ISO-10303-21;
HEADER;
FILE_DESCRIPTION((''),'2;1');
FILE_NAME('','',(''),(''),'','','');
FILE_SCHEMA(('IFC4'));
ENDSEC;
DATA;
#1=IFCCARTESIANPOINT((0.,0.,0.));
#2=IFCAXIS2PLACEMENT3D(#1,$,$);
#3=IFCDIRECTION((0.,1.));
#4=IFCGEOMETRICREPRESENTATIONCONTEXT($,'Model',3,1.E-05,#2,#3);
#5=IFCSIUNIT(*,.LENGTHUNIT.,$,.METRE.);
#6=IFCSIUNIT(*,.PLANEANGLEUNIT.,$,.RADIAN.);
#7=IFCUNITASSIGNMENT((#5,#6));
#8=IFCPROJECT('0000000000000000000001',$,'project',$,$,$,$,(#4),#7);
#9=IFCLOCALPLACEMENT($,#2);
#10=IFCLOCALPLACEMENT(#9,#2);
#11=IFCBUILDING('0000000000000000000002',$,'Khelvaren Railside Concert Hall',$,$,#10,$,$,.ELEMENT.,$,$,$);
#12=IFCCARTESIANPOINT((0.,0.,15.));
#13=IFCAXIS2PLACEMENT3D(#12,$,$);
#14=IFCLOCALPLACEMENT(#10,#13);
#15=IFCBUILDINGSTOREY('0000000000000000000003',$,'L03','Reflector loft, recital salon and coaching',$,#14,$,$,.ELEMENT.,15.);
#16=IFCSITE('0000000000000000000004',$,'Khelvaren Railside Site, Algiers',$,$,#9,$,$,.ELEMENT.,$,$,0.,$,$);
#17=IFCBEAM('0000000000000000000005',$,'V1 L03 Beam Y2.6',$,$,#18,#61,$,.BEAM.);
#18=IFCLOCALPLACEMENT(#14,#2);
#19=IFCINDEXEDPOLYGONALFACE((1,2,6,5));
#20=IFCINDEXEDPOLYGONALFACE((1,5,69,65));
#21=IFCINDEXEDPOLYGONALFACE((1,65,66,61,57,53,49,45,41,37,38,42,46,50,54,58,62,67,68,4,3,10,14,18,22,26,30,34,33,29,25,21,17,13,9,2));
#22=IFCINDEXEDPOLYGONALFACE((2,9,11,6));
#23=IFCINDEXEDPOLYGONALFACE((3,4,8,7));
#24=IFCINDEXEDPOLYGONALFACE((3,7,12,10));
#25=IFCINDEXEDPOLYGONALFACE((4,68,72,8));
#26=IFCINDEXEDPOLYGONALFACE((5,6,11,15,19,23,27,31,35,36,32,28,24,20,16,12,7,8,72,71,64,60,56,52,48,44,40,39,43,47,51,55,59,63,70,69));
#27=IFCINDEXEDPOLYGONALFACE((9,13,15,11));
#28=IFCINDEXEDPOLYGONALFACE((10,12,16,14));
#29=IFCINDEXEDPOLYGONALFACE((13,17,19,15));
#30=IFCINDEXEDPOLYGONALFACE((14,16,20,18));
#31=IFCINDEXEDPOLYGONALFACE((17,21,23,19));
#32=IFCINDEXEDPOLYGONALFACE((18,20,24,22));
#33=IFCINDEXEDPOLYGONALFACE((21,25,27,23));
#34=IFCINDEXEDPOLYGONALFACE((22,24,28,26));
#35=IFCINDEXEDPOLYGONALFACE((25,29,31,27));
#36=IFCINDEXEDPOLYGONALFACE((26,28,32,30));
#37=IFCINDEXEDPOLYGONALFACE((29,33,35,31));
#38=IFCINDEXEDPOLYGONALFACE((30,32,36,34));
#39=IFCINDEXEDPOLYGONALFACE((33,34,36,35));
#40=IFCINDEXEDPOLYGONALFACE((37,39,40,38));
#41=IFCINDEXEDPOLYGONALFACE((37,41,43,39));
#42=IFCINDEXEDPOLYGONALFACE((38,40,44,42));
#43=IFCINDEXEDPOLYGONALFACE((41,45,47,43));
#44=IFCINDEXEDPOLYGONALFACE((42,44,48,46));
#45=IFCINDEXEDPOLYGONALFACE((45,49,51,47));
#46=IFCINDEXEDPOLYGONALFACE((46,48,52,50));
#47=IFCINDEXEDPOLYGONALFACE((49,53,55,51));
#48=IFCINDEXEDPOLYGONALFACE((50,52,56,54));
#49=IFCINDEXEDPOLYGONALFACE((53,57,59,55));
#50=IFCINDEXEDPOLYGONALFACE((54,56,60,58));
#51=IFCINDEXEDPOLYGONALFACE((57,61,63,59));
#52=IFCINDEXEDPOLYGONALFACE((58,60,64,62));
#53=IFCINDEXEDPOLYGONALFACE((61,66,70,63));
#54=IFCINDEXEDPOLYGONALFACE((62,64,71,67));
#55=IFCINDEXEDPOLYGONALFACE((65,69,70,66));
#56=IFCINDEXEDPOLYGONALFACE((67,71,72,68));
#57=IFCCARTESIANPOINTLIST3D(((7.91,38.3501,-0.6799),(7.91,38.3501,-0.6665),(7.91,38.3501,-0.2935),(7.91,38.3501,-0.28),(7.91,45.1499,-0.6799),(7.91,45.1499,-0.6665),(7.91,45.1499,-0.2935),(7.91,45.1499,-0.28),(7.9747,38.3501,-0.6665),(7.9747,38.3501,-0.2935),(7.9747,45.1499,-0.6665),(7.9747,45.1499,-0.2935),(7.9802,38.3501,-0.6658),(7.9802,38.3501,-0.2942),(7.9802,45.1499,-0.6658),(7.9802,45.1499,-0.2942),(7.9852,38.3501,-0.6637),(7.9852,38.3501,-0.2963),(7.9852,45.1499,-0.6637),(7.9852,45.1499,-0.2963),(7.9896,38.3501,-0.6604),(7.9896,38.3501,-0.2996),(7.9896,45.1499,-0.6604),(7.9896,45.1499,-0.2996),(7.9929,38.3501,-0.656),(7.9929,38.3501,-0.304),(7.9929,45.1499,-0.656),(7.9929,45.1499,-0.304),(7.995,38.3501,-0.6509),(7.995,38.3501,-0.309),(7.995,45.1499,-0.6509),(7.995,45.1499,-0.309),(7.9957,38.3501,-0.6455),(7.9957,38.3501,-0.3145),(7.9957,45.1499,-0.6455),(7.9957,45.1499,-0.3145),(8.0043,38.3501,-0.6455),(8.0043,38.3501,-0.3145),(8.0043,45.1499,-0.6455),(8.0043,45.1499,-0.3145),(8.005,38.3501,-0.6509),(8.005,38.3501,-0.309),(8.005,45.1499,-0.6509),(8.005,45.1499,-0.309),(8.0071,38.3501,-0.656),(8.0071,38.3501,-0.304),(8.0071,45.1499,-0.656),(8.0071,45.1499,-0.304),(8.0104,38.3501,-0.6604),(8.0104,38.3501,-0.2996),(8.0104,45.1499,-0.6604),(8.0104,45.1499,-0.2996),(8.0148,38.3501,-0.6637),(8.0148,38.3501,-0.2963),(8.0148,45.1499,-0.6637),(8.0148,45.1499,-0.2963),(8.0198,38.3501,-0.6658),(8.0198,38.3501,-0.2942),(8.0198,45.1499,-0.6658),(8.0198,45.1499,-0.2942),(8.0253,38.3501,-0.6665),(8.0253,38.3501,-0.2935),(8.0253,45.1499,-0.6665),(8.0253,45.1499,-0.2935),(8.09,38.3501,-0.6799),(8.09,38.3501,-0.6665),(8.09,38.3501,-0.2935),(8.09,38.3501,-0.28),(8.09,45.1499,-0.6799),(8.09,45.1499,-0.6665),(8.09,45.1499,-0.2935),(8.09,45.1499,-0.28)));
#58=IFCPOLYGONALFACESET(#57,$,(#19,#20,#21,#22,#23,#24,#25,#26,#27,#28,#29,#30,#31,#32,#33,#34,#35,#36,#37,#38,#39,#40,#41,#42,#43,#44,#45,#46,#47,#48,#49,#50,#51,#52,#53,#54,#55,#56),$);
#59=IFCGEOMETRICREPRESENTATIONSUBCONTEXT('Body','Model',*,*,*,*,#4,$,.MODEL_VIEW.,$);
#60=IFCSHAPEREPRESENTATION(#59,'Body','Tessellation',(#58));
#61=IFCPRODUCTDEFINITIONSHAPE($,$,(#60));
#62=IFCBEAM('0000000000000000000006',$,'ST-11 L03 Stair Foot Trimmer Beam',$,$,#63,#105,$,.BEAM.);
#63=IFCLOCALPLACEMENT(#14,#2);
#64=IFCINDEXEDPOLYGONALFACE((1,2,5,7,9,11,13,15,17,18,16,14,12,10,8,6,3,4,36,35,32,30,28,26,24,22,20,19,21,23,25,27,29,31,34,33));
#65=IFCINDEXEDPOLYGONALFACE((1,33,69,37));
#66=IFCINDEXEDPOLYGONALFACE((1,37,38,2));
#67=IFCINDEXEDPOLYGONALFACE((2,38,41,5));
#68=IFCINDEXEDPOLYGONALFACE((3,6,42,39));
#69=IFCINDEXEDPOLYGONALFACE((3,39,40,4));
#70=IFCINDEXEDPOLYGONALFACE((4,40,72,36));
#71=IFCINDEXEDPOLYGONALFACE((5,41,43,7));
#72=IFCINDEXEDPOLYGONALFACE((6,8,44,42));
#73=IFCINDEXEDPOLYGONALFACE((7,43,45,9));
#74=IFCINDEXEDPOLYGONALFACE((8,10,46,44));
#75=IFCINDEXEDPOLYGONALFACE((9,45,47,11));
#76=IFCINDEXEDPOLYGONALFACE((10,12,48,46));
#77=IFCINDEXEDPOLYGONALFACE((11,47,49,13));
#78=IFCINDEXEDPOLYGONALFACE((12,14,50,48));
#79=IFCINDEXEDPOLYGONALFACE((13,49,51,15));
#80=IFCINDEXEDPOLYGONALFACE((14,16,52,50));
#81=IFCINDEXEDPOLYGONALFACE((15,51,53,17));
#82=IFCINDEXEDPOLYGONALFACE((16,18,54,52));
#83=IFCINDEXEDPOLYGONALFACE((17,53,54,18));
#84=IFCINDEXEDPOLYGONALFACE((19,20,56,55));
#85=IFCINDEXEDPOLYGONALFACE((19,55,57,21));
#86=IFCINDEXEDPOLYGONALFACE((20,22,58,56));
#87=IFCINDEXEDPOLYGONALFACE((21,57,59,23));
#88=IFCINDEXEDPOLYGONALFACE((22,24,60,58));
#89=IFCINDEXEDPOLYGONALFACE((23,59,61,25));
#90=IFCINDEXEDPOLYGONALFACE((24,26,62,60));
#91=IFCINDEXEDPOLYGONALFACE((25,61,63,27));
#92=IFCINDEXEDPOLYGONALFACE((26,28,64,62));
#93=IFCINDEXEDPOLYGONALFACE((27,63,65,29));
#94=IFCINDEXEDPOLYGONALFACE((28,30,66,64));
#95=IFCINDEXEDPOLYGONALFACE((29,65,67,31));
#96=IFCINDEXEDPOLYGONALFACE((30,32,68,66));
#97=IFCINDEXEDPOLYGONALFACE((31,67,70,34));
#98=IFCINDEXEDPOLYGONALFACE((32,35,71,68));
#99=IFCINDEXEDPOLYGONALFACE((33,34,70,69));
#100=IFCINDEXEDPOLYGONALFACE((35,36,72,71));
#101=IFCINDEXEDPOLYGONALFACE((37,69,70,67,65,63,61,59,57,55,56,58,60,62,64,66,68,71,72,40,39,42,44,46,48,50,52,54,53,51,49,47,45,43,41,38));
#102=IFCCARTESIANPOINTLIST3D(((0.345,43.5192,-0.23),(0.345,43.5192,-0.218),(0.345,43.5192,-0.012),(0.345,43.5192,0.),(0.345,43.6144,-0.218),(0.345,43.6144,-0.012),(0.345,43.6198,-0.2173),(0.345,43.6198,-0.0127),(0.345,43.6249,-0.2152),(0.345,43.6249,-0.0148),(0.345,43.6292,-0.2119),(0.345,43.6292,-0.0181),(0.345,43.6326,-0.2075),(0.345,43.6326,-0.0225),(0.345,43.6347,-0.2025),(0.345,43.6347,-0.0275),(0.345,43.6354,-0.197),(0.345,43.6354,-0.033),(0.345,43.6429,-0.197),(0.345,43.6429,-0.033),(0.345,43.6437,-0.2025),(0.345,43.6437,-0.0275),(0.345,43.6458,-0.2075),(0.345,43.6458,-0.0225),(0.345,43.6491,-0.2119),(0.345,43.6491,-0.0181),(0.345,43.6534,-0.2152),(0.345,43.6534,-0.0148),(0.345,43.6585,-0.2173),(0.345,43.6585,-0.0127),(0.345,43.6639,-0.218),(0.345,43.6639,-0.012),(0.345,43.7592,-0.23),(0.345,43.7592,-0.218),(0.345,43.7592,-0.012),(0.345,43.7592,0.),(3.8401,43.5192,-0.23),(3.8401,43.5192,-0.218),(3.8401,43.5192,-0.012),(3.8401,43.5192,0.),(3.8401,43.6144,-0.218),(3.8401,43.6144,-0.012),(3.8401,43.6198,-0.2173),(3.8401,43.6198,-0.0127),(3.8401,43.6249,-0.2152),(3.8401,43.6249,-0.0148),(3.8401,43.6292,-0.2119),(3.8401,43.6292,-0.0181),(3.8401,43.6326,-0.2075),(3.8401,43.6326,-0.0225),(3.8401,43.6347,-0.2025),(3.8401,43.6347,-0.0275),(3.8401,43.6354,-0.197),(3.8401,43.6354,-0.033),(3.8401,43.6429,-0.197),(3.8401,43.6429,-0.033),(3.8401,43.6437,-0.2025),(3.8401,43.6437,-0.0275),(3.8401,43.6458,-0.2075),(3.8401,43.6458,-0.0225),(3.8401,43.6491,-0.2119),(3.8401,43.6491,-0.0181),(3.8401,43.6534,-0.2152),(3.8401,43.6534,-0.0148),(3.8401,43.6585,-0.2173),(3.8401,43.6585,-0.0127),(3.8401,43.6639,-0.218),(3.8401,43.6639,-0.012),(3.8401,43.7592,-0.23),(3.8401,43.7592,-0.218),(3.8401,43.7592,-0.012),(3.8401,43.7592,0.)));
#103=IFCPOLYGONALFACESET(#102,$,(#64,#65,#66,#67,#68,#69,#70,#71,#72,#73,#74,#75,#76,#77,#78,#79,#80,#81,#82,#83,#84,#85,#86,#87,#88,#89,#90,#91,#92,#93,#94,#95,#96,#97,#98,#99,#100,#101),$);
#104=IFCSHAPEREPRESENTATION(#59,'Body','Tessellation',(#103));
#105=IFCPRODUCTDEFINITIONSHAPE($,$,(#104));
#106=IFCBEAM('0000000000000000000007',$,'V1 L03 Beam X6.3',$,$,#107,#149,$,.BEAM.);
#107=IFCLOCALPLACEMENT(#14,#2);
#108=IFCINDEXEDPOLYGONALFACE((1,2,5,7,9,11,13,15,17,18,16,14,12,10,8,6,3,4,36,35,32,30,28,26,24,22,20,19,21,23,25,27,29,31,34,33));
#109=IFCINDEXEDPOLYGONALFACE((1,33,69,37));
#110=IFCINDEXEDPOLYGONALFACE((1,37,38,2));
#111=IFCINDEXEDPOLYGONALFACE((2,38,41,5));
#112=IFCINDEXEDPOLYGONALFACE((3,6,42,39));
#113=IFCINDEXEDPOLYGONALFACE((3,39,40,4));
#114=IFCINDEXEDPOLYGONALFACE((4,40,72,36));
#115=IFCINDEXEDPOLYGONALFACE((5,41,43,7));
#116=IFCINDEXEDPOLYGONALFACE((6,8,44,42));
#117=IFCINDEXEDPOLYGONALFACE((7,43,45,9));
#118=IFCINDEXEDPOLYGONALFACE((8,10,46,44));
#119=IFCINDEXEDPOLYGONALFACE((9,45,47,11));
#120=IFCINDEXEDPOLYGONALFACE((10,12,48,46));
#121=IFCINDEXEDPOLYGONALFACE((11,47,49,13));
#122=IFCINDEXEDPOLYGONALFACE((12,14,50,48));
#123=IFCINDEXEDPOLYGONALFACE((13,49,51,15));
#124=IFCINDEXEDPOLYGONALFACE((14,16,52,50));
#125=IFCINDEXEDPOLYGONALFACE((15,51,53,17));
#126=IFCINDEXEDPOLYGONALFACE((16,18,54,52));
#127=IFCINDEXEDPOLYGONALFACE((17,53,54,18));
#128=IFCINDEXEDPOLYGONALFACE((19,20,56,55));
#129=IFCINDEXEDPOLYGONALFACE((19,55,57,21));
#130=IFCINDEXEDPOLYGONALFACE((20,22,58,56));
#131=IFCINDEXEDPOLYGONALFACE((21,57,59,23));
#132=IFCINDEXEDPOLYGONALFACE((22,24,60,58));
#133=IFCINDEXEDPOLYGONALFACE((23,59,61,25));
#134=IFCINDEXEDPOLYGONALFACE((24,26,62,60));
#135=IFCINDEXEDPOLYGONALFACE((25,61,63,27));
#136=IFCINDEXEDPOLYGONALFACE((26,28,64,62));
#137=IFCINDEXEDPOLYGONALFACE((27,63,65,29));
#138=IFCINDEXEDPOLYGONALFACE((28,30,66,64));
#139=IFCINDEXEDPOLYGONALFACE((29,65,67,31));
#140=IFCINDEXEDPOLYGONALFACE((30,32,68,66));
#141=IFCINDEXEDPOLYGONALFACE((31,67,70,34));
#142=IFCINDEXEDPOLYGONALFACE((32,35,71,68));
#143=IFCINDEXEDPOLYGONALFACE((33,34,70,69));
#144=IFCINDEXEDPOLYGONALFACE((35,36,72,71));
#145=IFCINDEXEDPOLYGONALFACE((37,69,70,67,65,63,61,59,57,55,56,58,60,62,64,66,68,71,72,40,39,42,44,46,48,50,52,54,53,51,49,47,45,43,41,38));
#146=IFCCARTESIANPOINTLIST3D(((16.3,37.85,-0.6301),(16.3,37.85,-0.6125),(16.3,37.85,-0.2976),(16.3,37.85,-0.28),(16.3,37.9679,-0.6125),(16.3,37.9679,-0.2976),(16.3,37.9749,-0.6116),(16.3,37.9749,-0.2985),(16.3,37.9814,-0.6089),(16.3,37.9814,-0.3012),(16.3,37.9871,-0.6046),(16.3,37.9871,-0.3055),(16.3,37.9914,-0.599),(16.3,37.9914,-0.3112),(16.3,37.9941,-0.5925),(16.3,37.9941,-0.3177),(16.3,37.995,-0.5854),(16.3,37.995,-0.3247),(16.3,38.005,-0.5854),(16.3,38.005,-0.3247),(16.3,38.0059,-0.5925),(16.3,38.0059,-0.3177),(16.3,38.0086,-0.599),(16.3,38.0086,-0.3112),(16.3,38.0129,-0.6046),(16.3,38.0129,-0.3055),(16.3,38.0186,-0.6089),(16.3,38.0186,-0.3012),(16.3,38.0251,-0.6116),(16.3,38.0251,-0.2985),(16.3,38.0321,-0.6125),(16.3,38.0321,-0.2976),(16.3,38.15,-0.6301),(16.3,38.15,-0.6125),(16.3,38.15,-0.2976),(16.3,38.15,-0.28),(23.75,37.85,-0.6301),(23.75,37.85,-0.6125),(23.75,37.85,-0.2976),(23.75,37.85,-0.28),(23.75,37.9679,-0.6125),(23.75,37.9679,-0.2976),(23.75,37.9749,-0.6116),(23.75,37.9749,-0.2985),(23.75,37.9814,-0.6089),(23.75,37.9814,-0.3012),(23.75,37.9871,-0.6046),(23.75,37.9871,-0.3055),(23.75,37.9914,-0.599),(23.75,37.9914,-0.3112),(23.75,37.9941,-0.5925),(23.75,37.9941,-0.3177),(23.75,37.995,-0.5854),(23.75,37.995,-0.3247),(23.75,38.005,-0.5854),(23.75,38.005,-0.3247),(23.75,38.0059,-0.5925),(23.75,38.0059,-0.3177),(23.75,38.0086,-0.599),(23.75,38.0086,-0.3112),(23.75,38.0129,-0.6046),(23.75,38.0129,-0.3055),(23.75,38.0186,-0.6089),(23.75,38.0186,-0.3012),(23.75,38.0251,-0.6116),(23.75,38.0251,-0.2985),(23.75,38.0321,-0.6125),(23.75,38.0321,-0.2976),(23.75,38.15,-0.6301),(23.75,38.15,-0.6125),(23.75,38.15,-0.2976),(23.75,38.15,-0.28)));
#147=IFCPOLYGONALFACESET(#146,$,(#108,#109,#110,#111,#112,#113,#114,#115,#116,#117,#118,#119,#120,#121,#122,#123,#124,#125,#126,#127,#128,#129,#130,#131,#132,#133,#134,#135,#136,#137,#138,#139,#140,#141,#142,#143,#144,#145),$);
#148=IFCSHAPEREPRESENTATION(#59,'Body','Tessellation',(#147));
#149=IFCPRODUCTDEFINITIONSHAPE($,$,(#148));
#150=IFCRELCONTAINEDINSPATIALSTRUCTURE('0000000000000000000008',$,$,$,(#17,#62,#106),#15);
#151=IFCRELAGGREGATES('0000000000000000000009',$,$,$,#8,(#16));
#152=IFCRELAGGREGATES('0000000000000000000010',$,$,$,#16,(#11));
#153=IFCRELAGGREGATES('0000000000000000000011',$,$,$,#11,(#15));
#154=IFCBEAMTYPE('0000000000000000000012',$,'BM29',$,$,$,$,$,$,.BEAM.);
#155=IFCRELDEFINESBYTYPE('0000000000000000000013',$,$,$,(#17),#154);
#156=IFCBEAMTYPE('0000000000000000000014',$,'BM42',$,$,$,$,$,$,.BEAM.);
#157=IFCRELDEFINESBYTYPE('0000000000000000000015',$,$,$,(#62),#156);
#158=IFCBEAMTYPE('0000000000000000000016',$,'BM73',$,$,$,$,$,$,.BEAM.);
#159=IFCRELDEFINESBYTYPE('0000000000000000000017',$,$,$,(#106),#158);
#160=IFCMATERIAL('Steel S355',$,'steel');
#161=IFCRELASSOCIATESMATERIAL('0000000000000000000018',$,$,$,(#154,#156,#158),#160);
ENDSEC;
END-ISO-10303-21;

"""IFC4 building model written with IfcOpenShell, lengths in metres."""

from ifc_helpers import new_model, si_unit, direction, frame, origin, origin_2d, place, context, subcontext, project, spatial, i_section, extrude, material, material_profile, profile_set, type_object, element, save


model = new_model("IFC4")

# Units and contexts
model_context = context("Model", 3, precision=1e-05, world=origin(), true_north=direction((0.0, 1.0)))
body_context = subcontext(model_context, "Body", "Model", "MODEL_VIEW")
ifc_project = project(units=[si_unit("LENGTHUNIT", "METRE"), si_unit("PLANEANGLEUNIT", "RADIAN")], contexts=[model_context])

# Site, building, storey
site_placement = place(None, origin())
site = spatial("IfcSite", under=ifc_project, at=site_placement, Name="Khelvaren Railside Site, Algiers", CompositionType="ELEMENT", RefElevation=0.0)
building_placement = place(site_placement, origin())
building = spatial("IfcBuilding", under=site, at=building_placement, Name="Khelvaren Railside Concert Hall", CompositionType="ELEMENT")
storey_placement = place(building_placement, frame((0.0, 0.0, 15.0)))
storey = spatial("IfcBuildingStorey", under=building, at=storey_placement, Name="L03", Description="Reflector loft, recital salon and coaching", CompositionType="ELEMENT", Elevation=15.0)

# Beams
ifc_material_1 = material(Name="Steel S355", Category="steel")
ifc_material_profile_1 = material_profile(ifc_material_1, i_section(OverallWidth=0.1799, OverallDepth=0.3999, WebThickness=0.0085, FlangeThickness=0.0134, FilletRadius=0.021, at=origin_2d()), Name="IPE 400")
ifc_profile_set_1 = profile_set([ifc_material_profile_1], Name="Steel S355")
beam_type_1 = type_object("IfcBeamType", Name="BM29", PredefinedType="BEAM", material=ifc_profile_set_1)
beam_1_placement = place(storey_placement, frame((8.0, 38.3501, -0.48), z_axis=(0.0, 1.0, 0.0), x_axis=(-1.0, 0.0, 0.0)))
element("IfcBeam", 1, at=beam_1_placement, inside=storey, type_object=beam_type_1, Name="V1 L03 Beam Y2.6", PredefinedType="BEAM", context=body_context, shape_type="SweptSolid", body=[
    extrude(i_section(OverallWidth=0.1799, OverallDepth=0.3999, WebThickness=0.0085, FlangeThickness=0.0134, FilletRadius=0.021, at=origin_2d()), origin(), (0.0, 0.0, 1.0), 6.7998),
])
ifc_material_profile_2 = material_profile(ifc_material_1, i_section(OverallWidth=0.24, OverallDepth=0.23, WebThickness=0.0076, FlangeThickness=0.012, FilletRadius=0.021, at=origin_2d()), Name="HEA 240")
ifc_profile_set_2 = profile_set([ifc_material_profile_2], Name="Steel S355")
beam_type_2 = type_object("IfcBeamType", Name="BM42", PredefinedType="BEAM", material=ifc_profile_set_2)
beam_2_placement = place(storey_placement, frame((0.345, 43.6392, -0.115), z_axis=(1.0, 0.0, 0.0), x_axis=(0.0, 1.0, 0.0)))
element("IfcBeam", 2, at=beam_2_placement, inside=storey, type_object=beam_type_2, Name="ST-11 L03 Stair Foot Trimmer Beam", PredefinedType="BEAM", context=body_context, shape_type="SweptSolid", body=[
    extrude(i_section(OverallWidth=0.24, OverallDepth=0.23, WebThickness=0.0076, FlangeThickness=0.012, FilletRadius=0.021, at=origin_2d()), origin(), (0.0, 0.0, 1.0), 3.4951),
])
ifc_material_profile_3 = material_profile(ifc_material_1, i_section(OverallWidth=0.3, OverallDepth=0.3501, WebThickness=0.01, FlangeThickness=0.0176, FilletRadius=0.0271, at=origin_2d()), Name="HEA 360")
ifc_profile_set_3 = profile_set([ifc_material_profile_3], Name="Steel S355")
beam_type_3 = type_object("IfcBeamType", Name="BM73", PredefinedType="BEAM", material=ifc_profile_set_3)
beam_3_placement = place(storey_placement, frame((16.3, 38.0, -0.4551), z_axis=(1.0, 0.0, 0.0), x_axis=(0.0, 1.0, 0.0)))
element("IfcBeam", 3, at=beam_3_placement, inside=storey, type_object=beam_type_3, Name="V1 L03 Beam X6.3", PredefinedType="BEAM", context=body_context, shape_type="SweptSolid", body=[
    extrude(i_section(OverallWidth=0.3, OverallDepth=0.3501, WebThickness=0.01, FlangeThickness=0.0176, FilletRadius=0.0271, at=origin_2d()), origin(), (0.0, 0.0, 1.0), 7.45),
])

save(model, "model.ifc")
